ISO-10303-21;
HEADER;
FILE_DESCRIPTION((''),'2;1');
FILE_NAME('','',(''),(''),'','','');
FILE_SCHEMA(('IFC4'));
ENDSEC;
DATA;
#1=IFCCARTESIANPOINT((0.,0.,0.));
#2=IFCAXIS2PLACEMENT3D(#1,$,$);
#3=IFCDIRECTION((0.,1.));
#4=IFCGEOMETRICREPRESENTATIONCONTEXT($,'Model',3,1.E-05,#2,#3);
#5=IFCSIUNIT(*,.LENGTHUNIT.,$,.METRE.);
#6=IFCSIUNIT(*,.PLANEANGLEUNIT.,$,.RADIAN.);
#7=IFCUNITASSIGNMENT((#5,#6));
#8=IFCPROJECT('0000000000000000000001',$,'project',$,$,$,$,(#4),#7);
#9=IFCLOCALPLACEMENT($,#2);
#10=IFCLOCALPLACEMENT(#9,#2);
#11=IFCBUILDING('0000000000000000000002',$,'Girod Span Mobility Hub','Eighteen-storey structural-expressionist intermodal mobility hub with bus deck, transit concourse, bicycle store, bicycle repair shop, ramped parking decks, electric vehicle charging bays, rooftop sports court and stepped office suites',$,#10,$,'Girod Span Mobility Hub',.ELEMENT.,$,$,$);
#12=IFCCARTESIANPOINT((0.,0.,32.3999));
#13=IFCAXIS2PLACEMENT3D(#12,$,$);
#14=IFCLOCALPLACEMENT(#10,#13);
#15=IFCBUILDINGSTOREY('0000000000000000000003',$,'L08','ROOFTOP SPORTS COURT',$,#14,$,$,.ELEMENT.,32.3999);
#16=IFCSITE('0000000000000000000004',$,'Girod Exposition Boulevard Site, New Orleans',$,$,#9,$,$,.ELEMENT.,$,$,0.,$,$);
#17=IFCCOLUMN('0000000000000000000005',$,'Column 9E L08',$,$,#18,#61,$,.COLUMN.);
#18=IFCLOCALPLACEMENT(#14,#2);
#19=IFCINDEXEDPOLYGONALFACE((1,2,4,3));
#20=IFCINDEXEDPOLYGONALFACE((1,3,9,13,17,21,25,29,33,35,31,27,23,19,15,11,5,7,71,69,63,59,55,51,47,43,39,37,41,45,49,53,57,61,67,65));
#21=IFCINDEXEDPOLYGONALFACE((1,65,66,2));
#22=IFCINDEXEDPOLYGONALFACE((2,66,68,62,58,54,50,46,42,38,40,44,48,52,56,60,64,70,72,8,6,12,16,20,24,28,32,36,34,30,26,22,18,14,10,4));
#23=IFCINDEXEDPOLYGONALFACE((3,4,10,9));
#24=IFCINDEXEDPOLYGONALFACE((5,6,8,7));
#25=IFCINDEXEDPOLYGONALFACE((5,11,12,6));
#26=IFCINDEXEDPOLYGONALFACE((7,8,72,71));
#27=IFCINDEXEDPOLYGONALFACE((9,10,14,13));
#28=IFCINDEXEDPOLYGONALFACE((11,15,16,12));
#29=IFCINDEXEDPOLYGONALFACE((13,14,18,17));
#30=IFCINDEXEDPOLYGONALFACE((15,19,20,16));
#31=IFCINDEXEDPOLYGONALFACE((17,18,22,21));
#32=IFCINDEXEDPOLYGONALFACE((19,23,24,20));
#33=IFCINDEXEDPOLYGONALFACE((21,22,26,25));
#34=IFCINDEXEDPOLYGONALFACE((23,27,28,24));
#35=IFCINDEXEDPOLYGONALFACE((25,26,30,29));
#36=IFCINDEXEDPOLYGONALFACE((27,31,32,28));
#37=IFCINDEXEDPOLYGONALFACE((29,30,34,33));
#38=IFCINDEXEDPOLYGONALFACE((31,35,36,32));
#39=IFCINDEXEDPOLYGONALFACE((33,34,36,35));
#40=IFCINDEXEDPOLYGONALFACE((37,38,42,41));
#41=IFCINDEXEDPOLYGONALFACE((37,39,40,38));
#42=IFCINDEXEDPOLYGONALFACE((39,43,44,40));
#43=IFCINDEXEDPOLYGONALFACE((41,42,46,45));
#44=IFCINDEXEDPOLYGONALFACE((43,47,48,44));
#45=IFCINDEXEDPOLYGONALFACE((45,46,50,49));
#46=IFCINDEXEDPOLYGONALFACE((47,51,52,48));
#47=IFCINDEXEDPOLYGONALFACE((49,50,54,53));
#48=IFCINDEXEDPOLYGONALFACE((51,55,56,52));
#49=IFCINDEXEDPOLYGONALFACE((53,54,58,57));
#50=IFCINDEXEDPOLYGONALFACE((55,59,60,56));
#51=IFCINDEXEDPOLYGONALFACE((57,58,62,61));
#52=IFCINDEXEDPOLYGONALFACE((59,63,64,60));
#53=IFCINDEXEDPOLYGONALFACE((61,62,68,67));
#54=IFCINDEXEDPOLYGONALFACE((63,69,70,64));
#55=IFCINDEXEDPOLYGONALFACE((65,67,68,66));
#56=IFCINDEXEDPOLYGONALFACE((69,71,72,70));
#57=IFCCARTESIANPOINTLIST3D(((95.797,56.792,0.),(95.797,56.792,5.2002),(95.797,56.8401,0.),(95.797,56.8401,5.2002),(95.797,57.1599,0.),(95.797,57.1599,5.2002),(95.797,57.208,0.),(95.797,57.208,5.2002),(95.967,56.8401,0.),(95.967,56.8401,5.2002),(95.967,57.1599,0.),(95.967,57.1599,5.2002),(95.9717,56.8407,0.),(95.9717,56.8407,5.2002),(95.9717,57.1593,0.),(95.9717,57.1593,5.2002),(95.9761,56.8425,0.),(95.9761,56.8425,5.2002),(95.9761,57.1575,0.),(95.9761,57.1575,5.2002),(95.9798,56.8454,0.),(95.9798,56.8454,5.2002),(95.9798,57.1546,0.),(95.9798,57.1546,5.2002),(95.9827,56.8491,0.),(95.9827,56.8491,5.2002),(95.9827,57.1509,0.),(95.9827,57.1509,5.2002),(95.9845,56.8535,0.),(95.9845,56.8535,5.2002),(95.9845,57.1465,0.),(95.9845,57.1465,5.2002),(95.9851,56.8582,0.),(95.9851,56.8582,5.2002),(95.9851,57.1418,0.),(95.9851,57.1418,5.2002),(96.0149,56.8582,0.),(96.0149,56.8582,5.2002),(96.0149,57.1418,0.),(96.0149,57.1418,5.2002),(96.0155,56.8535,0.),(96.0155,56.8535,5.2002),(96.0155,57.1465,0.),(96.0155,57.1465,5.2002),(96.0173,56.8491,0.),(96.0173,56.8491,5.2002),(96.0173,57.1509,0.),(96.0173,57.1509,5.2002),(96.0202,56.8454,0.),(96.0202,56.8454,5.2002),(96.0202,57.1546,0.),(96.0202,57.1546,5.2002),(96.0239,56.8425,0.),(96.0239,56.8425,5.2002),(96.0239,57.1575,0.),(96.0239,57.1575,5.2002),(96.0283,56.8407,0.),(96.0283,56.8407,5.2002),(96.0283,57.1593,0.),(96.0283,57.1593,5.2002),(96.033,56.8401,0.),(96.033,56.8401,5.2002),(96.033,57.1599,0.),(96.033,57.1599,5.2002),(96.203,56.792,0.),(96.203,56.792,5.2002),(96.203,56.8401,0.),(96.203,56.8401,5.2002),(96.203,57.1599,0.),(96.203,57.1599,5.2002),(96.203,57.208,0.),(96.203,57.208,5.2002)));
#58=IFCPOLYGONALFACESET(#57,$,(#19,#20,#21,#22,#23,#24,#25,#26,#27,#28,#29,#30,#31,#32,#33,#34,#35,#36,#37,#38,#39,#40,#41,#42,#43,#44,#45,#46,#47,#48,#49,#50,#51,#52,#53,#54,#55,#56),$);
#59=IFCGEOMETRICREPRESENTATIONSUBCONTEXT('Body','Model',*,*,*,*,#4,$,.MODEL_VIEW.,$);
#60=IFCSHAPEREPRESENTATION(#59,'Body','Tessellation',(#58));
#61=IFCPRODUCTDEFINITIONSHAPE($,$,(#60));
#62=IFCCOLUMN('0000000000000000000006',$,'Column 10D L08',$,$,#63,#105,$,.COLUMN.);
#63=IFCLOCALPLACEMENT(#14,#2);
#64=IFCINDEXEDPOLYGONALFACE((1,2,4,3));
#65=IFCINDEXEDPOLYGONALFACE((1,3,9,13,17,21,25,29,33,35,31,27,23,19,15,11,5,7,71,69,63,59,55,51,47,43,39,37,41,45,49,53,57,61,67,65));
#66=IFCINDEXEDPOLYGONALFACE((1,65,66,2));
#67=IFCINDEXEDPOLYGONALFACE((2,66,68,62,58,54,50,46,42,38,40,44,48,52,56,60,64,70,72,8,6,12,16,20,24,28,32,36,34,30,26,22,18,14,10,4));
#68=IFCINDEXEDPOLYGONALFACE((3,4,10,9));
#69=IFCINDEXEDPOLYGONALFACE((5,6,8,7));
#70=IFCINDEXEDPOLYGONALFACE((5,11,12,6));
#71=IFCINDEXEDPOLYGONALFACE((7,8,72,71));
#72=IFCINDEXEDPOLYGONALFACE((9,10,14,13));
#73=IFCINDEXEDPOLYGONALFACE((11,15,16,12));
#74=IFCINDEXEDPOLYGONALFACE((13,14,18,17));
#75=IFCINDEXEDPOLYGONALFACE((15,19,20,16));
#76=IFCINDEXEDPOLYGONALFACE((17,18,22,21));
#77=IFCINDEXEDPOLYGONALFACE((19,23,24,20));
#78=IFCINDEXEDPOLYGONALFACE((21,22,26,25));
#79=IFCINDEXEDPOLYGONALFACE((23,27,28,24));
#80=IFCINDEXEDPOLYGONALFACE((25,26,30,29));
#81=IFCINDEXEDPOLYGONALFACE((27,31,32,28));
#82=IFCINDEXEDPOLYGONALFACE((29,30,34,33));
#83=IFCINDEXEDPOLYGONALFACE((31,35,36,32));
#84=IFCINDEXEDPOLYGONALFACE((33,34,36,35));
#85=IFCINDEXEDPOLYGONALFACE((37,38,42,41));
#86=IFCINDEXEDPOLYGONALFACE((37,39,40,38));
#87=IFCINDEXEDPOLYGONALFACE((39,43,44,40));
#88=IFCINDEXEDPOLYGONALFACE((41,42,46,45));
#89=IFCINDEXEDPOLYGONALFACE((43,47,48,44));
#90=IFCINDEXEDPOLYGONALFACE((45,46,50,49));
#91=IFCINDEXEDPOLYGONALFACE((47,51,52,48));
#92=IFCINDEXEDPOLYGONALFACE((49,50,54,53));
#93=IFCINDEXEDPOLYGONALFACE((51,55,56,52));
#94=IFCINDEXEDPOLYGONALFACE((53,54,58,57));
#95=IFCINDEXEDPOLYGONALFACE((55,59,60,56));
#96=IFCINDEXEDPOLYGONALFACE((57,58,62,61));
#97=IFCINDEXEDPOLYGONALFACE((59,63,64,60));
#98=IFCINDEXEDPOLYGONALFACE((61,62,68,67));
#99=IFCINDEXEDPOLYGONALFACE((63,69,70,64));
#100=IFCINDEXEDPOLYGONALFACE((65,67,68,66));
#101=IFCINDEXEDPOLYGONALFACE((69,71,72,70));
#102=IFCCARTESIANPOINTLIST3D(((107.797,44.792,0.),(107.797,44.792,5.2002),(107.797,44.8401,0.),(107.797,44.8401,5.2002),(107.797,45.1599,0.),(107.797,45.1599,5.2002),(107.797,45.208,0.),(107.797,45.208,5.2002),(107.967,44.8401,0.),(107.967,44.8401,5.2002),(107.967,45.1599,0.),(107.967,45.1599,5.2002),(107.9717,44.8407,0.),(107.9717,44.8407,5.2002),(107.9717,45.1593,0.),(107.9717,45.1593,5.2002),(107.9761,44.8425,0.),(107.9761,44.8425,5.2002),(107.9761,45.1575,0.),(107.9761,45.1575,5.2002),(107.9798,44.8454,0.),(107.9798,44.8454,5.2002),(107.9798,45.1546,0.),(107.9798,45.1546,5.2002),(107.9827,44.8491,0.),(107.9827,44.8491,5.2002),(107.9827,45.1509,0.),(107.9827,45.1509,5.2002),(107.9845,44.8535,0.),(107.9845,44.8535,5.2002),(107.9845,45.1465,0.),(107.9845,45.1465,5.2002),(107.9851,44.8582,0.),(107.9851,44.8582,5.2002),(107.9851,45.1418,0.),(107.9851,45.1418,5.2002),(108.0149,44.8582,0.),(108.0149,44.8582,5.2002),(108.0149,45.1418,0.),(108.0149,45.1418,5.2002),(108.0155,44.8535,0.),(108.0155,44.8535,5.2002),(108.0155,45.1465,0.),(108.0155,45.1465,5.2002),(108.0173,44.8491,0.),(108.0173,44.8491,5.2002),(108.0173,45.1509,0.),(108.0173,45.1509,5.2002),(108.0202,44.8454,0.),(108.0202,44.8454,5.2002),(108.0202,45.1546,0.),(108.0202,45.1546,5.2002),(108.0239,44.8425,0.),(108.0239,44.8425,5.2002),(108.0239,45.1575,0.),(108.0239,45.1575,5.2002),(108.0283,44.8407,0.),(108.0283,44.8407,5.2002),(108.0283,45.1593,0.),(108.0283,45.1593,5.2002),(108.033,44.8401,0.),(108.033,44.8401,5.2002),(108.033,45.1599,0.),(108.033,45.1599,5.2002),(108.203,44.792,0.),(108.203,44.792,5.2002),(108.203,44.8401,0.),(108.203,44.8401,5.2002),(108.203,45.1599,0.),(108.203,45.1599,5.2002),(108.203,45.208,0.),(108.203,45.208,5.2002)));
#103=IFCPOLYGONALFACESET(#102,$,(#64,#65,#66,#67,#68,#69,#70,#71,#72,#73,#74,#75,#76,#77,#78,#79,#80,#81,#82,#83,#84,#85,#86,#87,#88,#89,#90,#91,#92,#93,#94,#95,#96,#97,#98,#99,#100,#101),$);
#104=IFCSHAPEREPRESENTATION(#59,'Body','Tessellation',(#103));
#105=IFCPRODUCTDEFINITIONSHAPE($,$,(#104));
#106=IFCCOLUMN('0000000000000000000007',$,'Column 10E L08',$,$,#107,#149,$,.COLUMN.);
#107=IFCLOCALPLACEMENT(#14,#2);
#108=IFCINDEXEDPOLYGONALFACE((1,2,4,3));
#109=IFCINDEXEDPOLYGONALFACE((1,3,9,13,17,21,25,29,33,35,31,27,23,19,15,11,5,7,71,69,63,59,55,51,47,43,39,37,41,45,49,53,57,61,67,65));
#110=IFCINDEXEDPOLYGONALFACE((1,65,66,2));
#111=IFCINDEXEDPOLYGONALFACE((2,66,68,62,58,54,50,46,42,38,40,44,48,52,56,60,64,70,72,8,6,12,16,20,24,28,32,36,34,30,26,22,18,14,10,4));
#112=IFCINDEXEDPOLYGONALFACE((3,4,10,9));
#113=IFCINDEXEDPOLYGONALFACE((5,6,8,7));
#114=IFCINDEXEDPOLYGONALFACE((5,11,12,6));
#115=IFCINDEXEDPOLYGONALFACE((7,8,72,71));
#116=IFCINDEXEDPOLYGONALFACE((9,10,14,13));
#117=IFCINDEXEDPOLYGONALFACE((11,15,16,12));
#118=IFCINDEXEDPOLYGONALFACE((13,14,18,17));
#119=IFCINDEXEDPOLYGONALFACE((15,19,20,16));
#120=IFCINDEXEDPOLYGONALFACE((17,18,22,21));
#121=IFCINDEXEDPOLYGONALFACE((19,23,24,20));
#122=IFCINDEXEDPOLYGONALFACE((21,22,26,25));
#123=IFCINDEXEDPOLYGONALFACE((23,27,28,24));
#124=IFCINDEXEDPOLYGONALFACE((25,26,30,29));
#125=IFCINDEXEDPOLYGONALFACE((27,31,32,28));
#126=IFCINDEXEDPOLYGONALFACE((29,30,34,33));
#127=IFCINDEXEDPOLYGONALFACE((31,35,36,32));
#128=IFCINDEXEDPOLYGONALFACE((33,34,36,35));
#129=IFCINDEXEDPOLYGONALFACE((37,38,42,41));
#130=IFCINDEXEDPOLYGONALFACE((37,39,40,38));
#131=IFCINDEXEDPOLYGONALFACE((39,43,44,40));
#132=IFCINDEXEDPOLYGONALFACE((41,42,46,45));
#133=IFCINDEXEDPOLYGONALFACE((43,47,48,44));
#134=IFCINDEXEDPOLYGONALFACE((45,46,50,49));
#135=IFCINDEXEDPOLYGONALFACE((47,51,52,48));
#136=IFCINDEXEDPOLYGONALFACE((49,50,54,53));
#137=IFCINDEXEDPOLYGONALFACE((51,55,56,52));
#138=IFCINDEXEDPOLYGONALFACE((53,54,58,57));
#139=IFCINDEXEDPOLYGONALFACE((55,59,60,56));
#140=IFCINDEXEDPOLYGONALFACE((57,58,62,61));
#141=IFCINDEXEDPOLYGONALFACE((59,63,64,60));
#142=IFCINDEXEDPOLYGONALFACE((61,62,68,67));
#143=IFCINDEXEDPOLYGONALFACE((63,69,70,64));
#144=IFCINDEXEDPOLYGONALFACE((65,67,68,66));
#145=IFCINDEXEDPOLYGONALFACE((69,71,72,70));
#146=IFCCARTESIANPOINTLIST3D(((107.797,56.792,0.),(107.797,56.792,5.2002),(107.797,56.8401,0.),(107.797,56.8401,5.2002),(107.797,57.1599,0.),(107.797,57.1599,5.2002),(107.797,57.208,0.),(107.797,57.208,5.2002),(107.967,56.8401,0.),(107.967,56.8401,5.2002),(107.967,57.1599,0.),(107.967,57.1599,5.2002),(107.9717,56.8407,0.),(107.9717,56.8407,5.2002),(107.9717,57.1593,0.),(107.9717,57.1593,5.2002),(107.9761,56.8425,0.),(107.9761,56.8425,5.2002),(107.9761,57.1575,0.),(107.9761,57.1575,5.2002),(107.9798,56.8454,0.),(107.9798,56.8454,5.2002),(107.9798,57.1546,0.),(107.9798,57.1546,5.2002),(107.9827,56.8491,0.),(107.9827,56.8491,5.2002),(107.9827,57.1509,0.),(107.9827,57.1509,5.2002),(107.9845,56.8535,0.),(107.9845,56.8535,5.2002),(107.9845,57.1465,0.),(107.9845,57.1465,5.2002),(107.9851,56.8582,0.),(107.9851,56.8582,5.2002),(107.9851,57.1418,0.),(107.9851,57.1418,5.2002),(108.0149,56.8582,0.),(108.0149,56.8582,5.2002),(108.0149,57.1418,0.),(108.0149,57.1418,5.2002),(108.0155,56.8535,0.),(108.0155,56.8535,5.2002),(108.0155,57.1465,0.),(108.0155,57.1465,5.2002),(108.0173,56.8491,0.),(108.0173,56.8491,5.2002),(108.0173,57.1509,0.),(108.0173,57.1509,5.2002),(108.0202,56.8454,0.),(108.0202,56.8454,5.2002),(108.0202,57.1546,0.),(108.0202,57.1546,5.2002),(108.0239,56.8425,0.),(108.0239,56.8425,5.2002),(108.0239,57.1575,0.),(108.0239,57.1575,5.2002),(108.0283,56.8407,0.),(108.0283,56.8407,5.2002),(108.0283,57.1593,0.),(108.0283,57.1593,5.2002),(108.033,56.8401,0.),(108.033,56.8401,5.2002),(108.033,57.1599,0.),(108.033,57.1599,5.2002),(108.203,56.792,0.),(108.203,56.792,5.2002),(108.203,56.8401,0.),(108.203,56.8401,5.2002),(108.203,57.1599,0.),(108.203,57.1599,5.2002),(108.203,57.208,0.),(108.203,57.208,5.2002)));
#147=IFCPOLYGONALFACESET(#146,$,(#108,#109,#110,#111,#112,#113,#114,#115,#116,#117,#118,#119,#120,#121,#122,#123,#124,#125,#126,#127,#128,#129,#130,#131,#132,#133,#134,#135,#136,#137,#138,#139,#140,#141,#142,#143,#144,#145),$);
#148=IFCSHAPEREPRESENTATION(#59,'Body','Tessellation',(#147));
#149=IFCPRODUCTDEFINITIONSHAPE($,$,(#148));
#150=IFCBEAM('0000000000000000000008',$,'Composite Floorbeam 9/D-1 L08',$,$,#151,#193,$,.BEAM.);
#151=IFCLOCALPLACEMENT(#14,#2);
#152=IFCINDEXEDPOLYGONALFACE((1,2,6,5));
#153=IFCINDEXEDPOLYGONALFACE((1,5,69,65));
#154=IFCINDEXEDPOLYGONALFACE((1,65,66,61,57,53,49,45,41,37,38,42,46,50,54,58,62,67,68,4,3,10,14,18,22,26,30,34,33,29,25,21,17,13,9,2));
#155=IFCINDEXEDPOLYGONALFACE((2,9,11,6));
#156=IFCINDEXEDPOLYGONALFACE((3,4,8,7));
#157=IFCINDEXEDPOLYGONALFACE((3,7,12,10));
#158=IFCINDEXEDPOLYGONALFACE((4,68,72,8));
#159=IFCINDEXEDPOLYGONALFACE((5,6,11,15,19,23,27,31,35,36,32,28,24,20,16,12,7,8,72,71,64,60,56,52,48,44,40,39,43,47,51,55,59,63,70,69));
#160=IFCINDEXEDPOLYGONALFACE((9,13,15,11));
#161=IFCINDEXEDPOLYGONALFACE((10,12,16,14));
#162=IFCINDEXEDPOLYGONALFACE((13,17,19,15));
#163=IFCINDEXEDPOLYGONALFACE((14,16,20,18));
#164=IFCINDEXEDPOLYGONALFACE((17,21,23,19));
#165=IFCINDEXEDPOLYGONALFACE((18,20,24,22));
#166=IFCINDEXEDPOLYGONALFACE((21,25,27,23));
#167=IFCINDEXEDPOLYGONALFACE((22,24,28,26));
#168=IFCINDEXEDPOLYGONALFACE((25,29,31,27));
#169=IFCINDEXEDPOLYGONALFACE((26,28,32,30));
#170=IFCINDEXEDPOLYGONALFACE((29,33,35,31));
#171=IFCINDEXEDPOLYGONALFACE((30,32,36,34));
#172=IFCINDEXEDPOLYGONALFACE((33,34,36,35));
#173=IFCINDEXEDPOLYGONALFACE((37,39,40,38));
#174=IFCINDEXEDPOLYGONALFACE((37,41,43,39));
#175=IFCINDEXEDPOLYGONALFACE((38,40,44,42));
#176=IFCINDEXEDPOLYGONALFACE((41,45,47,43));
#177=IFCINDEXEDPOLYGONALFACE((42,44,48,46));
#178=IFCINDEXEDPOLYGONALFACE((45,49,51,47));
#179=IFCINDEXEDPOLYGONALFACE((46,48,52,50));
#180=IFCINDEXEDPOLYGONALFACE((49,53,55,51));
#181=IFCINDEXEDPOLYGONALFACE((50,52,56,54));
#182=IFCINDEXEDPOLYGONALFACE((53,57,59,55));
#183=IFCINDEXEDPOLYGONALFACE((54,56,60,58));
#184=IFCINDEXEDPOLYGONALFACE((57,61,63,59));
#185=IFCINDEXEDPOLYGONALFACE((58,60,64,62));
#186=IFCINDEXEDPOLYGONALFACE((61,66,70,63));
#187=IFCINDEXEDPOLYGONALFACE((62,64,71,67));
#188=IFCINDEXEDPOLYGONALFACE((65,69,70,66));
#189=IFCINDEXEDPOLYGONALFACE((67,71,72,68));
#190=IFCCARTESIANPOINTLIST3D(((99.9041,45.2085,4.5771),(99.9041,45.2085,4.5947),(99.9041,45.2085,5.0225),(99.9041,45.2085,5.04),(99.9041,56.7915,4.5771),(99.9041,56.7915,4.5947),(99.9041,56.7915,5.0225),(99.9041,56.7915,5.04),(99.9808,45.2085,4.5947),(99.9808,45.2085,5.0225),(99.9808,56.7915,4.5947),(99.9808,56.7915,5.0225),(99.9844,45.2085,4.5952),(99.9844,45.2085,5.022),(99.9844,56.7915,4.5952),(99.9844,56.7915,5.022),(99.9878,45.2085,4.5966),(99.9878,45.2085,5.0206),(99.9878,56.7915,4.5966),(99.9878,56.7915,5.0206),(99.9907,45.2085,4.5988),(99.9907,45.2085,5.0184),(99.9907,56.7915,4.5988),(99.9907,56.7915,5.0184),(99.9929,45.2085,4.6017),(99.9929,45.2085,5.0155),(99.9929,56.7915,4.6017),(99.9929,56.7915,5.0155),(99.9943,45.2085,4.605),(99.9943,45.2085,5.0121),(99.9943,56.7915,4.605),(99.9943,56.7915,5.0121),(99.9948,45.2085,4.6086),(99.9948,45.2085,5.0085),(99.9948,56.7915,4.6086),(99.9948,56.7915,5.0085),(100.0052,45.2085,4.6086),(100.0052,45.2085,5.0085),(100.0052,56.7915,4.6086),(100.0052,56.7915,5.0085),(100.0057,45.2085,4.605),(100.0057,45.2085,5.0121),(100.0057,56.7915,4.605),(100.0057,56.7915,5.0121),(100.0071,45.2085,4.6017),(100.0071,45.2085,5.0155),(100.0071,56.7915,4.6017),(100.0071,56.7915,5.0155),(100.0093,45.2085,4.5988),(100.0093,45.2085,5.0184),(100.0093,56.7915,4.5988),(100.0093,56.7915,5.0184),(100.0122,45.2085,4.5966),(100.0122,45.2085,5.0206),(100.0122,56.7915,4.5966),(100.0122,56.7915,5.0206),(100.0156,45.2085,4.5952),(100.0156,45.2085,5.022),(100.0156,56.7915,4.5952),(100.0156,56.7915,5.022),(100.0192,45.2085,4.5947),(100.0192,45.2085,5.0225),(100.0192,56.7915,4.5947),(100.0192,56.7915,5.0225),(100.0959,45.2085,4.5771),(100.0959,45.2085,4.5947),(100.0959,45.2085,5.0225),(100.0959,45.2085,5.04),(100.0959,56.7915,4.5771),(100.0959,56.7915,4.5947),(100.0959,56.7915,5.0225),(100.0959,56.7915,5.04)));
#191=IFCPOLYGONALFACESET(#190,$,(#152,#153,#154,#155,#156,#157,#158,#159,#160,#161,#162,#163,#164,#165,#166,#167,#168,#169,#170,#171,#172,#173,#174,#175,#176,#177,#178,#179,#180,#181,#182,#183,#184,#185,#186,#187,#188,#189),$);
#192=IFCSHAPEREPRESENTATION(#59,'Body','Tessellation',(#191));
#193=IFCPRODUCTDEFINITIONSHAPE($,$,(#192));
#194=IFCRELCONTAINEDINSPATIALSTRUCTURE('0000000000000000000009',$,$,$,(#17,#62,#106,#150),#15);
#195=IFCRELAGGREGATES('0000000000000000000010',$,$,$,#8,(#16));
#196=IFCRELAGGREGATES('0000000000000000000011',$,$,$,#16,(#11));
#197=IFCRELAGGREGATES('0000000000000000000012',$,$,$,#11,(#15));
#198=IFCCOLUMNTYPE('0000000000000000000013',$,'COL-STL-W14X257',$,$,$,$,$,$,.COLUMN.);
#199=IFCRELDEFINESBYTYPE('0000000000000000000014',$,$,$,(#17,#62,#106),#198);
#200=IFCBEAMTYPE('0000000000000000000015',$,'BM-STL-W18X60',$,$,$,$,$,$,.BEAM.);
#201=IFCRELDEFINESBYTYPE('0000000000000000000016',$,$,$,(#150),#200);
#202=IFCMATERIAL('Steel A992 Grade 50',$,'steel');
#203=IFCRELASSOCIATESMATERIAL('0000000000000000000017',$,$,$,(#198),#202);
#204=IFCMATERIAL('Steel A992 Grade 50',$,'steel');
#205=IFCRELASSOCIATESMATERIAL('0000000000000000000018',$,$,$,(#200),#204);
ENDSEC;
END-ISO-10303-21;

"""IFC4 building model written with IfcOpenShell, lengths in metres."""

from ifc_helpers import new_model, si_unit, direction, frame, origin, origin_2d, place, context, subcontext, project, spatial, i_section, extrude, material, material_profile, profile_set, type_object, element, save


model = new_model("IFC4")

# Units and contexts
model_context = context("Model", 3, precision=1e-05, world=origin(), true_north=direction((0.0, 1.0)))
body_context = subcontext(model_context, "Body", "Model", "MODEL_VIEW")
ifc_project = project(units=[si_unit("LENGTHUNIT", "METRE"), si_unit("PLANEANGLEUNIT", "RADIAN")], contexts=[model_context])

# Site, building, storey
site_placement = place(None, origin())
site = spatial("IfcSite", under=ifc_project, at=site_placement, Name="Girod Exposition Boulevard Site, New Orleans", CompositionType="ELEMENT", RefElevation=0.0)
building_placement = place(site_placement, origin())
building = spatial("IfcBuilding", under=site, at=building_placement, Name="Girod Span Mobility Hub", Description="Eighteen-storey structural-expressionist intermodal mobility hub with bus deck, transit concourse, bicycle store, bicycle repair shop, ramped parking decks, electric vehicle charging bays, rooftop sports court and stepped office suites", LongName="Girod Span Mobility Hub", CompositionType="ELEMENT")
storey_placement = place(building_placement, frame((0.0, 0.0, 32.3999)))
storey = spatial("IfcBuildingStorey", under=building, at=storey_placement, Name="L08", Description="ROOFTOP SPORTS COURT", CompositionType="ELEMENT", Elevation=32.3999)

# Columns
ifc_material_1 = material(Name="Steel A992 Grade 50", Category="steel")
ifc_material_profile_1 = material_profile(ifc_material_1, i_section(OverallWidth=0.406, OverallDepth=0.416, WebThickness=0.0298, FlangeThickness=0.0481, FilletRadius=0.0181, at=origin_2d()), Name="W14X257")
ifc_profile_set_1 = profile_set([ifc_material_profile_1], Name="Steel A992 Grade 50")
column_type = type_object("IfcColumnType", Name="COL-STL-W14X257", PredefinedType="COLUMN", material=ifc_profile_set_1)
for number, where, z_axis, x_axis, name in (
    (1, (96.0, 57.0, 0.0), (0.0, 0.0, 1.0), (1.0, 0.0, 0.0), "Column 9E L08"),
    (2, (108.0, 45.0, 0.0), (0.0, 0.0, 1.0), (1.0, 0.0, 0.0), "Column 10D L08"),
    (3, (108.0, 57.0, 0.0), (0.0, 0.0, 1.0), (1.0, 0.0, 0.0), "Column 10E L08"),
):
    element("IfcColumn", number, at=place(storey_placement, frame(where, z_axis=z_axis, x_axis=x_axis)), inside=storey, type_object=column_type, Name=name, PredefinedType="COLUMN", context=body_context, shape_type="SweptSolid", body=[
        extrude(i_section(OverallWidth=0.406, OverallDepth=0.416, WebThickness=0.0298, FlangeThickness=0.0481, FilletRadius=0.0181, at=origin_2d()), origin(), (0.0, 0.0, 1.0), 5.2002),
    ])

# Beam
ifc_material_2 = material(Name="Steel A992 Grade 50", Category="steel")
ifc_material_profile_2 = material_profile(ifc_material_2, i_section(OverallWidth=0.1919, OverallDepth=0.4629, WebThickness=0.0105, FlangeThickness=0.0176, FilletRadius=0.0139, at=origin_2d()), Name="W18X60")
ifc_profile_set_2 = profile_set([ifc_material_profile_2], Name="Steel A992 Grade 50")
beam_type_1 = type_object("IfcBeamType", Name="BM-STL-W18X60", PredefinedType="BEAM", material=ifc_profile_set_2)
for number, where, z_axis, x_axis, name in (
    (4, (100.0, 45.2085, 4.8086), (0.0, 1.0, 0.0), (-1.0, 0.0, 0.0), "Composite Floorbeam 9/D-1 L08"),
):
    element("IfcBeam", number, at=place(storey_placement, frame(where, z_axis=z_axis, x_axis=x_axis)), inside=storey, type_object=beam_type_1, Name=name, PredefinedType="BEAM", context=body_context, shape_type="SweptSolid", body=[
        extrude(i_section(OverallWidth=0.1919, OverallDepth=0.4629, WebThickness=0.0105, FlangeThickness=0.0176, FilletRadius=0.0139, at=origin_2d()), origin(), (0.0, 0.0, 1.0), 11.583),
    ])

save(model, "model.ifc")
